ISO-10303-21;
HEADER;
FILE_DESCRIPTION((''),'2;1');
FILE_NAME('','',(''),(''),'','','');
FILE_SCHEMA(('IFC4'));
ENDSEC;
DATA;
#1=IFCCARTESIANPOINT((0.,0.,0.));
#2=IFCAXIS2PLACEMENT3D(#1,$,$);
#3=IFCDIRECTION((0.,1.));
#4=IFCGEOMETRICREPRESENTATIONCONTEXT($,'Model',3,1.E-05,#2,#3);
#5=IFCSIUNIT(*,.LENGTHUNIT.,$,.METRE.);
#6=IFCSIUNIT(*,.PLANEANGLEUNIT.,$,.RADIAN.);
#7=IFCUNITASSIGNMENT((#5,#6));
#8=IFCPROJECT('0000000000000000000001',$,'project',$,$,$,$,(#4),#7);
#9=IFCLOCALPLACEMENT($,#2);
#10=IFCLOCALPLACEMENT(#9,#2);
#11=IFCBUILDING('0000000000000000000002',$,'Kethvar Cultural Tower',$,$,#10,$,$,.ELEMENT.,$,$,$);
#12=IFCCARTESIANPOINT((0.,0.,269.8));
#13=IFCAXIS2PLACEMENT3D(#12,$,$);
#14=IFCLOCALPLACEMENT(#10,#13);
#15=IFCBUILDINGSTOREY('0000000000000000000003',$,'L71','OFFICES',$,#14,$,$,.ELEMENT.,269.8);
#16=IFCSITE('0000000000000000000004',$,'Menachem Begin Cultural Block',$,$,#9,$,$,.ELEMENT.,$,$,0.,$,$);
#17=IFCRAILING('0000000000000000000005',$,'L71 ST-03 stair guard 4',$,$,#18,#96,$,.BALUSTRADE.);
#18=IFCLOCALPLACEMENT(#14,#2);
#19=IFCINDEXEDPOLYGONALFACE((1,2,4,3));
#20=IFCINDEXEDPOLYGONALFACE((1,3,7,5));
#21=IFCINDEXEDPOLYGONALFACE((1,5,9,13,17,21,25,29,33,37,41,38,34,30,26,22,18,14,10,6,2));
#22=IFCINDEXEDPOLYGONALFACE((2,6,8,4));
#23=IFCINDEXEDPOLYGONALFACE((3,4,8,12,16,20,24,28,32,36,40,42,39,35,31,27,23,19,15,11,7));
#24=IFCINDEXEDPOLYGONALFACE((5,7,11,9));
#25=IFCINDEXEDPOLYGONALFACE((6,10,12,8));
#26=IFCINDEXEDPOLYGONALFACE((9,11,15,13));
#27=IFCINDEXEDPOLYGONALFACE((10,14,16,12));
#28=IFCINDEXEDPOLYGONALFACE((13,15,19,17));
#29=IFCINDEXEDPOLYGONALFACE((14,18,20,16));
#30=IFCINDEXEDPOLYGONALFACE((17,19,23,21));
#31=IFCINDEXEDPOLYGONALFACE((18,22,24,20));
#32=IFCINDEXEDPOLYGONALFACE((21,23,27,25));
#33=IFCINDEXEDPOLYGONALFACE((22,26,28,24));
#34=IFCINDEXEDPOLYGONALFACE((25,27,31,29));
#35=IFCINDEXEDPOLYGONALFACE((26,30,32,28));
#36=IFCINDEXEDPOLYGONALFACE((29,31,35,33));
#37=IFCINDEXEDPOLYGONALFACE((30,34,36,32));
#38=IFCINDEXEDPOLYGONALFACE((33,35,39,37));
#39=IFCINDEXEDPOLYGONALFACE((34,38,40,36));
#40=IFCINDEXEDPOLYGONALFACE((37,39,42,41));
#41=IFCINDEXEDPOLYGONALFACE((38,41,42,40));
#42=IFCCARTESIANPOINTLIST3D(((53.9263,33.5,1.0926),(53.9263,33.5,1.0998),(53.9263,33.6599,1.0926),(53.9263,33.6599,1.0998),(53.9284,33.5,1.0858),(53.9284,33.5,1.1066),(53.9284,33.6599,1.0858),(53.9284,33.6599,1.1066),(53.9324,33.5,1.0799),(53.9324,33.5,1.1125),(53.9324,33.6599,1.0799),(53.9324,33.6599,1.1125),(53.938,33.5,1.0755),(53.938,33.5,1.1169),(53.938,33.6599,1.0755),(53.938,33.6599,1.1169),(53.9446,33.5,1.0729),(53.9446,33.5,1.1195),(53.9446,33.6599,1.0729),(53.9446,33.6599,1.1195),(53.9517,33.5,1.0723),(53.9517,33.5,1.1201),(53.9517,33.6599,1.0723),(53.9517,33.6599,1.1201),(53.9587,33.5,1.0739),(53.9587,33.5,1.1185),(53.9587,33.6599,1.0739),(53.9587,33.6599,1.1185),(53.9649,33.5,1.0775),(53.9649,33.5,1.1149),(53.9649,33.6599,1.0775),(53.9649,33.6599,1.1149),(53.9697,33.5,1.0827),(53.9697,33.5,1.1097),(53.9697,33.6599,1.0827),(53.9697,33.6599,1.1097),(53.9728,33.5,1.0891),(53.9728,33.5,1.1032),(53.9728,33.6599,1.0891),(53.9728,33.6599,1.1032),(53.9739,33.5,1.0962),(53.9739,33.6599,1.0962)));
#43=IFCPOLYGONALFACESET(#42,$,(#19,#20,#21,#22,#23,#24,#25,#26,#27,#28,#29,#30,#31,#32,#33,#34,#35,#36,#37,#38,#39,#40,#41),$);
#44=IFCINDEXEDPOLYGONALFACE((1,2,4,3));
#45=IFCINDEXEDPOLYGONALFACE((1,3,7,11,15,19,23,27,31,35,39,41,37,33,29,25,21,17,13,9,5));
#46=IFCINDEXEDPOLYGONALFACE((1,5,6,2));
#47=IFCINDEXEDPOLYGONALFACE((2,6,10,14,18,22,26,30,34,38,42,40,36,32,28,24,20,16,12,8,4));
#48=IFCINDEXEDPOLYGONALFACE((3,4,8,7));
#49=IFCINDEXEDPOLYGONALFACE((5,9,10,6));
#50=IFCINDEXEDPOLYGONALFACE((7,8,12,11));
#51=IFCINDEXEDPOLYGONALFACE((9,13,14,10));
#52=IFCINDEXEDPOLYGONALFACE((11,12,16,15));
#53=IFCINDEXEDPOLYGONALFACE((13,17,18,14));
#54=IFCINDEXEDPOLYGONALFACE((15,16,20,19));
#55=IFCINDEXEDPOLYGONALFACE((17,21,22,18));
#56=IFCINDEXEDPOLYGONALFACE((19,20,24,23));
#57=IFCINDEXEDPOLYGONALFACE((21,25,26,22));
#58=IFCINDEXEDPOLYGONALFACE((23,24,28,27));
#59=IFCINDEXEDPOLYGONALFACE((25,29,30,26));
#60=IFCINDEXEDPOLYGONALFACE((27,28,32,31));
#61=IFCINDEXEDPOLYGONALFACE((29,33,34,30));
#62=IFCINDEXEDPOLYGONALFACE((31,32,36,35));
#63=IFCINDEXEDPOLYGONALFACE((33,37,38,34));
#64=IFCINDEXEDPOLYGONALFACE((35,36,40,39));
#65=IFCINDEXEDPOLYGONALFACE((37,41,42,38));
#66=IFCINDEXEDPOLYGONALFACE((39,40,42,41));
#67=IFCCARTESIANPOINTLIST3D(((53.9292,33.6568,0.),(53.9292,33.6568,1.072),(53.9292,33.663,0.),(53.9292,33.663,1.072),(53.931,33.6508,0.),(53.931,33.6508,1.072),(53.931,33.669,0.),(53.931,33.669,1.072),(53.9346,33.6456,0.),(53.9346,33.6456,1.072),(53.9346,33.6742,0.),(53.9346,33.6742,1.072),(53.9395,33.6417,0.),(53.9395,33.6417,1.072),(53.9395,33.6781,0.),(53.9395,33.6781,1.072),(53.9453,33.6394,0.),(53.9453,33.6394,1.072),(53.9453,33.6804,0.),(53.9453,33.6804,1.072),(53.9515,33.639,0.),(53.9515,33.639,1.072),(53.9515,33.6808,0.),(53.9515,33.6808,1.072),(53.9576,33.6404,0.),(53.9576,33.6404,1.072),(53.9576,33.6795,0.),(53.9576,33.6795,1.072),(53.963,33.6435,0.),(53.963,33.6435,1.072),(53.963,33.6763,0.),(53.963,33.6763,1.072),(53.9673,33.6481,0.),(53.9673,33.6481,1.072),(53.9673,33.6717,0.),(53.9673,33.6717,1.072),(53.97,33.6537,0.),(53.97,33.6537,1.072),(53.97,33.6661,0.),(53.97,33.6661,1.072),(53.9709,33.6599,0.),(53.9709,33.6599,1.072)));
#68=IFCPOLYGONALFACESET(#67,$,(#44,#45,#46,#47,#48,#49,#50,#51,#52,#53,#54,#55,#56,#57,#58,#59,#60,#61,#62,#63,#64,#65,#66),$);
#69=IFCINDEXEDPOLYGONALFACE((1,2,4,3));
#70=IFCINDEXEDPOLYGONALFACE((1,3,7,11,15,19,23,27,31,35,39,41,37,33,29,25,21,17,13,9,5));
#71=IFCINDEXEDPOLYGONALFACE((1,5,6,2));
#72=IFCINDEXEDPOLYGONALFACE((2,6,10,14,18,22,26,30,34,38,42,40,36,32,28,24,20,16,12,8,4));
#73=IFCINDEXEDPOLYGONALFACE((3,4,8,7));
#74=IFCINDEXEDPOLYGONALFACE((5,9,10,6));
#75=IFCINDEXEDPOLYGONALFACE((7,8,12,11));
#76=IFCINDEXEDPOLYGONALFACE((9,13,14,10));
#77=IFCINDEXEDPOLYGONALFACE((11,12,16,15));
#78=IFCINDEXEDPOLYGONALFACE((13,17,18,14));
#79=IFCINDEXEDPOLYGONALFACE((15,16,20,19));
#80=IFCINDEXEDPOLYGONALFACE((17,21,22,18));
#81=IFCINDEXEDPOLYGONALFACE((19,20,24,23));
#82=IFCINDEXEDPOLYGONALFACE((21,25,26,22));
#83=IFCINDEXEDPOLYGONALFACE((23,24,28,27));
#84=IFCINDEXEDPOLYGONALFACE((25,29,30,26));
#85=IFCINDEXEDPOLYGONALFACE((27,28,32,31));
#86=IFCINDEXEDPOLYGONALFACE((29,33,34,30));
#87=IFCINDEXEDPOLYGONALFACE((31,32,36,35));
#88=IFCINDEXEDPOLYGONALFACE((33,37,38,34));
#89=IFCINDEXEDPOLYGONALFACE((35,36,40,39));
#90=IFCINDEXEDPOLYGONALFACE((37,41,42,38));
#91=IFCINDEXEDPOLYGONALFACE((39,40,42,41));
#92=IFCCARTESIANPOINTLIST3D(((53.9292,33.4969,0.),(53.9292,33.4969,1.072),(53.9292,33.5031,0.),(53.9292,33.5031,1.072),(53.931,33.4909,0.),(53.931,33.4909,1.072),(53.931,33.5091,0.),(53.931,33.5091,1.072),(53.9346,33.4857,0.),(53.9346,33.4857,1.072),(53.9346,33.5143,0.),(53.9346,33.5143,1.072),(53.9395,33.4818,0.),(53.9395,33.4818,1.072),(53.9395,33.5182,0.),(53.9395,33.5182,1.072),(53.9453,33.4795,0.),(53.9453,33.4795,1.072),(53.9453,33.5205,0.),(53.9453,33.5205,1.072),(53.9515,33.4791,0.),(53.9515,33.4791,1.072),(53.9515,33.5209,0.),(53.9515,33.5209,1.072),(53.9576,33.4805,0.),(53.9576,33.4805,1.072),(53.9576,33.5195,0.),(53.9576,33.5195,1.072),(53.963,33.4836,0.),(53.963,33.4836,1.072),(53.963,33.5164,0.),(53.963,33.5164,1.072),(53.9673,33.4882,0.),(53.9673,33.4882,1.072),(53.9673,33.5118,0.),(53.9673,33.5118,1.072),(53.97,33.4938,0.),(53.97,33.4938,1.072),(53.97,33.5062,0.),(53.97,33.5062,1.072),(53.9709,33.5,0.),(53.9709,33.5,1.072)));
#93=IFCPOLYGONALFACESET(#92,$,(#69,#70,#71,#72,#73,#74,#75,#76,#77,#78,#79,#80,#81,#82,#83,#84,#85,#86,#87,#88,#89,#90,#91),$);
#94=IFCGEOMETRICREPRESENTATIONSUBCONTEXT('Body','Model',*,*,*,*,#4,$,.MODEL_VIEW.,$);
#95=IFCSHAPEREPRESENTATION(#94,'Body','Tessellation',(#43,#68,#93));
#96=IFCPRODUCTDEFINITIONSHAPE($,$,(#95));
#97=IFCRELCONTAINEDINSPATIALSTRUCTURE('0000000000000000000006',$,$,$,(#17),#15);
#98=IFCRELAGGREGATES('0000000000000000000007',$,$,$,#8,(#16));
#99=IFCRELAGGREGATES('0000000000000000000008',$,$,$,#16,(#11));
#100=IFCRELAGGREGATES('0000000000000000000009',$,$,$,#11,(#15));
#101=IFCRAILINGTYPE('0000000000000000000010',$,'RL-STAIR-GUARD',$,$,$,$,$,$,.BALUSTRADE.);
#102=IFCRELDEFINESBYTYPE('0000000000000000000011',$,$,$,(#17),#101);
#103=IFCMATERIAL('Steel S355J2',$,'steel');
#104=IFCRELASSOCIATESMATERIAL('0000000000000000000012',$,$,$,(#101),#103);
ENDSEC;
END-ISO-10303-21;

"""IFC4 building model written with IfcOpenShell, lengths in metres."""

from ifc_helpers import new_model, si_unit, direction, frame, origin, origin_2d, place, context, subcontext, project, spatial, circle, extrude, material, type_object, element, save


model = new_model("IFC4")

# Units and contexts
model_context = context("Model", 3, precision=1e-05, world=origin(), true_north=direction((0.0, 1.0)))
body_context = subcontext(model_context, "Body", "Model", "MODEL_VIEW")
ifc_project = project(units=[si_unit("LENGTHUNIT", "METRE"), si_unit("PLANEANGLEUNIT", "RADIAN")], contexts=[model_context])

# Site, building, storey
site_placement = place(None, origin())
site = spatial("IfcSite", under=ifc_project, at=site_placement, Name="Menachem Begin Cultural Block", CompositionType="ELEMENT", RefElevation=0.0)
building_placement = place(site_placement, origin())
building = spatial("IfcBuilding", under=site, at=building_placement, Name="Kethvar Cultural Tower", CompositionType="ELEMENT")
storey_placement = place(building_placement, frame((0.0, 0.0, 269.8)))
storey = spatial("IfcBuildingStorey", under=building, at=storey_placement, Name="L71", Description="OFFICES", CompositionType="ELEMENT", Elevation=269.8)

# Shared definitions
ifc_material_1 = material(Name="Steel S355J2", Category="steel")

# Railing
railing_type_1 = type_object("IfcRailingType", Name="RL-STAIR-GUARD", PredefinedType="BALUSTRADE", material=ifc_material_1)
railing_1_placement = place(storey_placement, frame((53.95, 33.6599, 0.0)))
element("IfcRailing", 1, at=railing_1_placement, inside=storey, type_object=railing_type_1, Name="L71 ST-03 stair guard 4", PredefinedType="BALUSTRADE", context=body_context, shape_type="SweptSolid", body=[
    extrude(circle(Radius=0.0239, at=origin_2d()), frame((0.0, 0.0, 1.0962), z_axis=(0.0, -1.0, 0.0), x_axis=(1.0, 0.0, 0.0)), (0.0, 0.0, 1.0), 0.1599),
    extrude(circle(Radius=0.021, at=origin_2d()), origin(), (0.0, 0.0, 1.0), 1.072),
    extrude(circle(Radius=0.021, at=origin_2d()), frame((0.0, -0.1599, 0.0)), (0.0, 0.0, 1.0), 1.072),
])

save(model, "model.ifc")
